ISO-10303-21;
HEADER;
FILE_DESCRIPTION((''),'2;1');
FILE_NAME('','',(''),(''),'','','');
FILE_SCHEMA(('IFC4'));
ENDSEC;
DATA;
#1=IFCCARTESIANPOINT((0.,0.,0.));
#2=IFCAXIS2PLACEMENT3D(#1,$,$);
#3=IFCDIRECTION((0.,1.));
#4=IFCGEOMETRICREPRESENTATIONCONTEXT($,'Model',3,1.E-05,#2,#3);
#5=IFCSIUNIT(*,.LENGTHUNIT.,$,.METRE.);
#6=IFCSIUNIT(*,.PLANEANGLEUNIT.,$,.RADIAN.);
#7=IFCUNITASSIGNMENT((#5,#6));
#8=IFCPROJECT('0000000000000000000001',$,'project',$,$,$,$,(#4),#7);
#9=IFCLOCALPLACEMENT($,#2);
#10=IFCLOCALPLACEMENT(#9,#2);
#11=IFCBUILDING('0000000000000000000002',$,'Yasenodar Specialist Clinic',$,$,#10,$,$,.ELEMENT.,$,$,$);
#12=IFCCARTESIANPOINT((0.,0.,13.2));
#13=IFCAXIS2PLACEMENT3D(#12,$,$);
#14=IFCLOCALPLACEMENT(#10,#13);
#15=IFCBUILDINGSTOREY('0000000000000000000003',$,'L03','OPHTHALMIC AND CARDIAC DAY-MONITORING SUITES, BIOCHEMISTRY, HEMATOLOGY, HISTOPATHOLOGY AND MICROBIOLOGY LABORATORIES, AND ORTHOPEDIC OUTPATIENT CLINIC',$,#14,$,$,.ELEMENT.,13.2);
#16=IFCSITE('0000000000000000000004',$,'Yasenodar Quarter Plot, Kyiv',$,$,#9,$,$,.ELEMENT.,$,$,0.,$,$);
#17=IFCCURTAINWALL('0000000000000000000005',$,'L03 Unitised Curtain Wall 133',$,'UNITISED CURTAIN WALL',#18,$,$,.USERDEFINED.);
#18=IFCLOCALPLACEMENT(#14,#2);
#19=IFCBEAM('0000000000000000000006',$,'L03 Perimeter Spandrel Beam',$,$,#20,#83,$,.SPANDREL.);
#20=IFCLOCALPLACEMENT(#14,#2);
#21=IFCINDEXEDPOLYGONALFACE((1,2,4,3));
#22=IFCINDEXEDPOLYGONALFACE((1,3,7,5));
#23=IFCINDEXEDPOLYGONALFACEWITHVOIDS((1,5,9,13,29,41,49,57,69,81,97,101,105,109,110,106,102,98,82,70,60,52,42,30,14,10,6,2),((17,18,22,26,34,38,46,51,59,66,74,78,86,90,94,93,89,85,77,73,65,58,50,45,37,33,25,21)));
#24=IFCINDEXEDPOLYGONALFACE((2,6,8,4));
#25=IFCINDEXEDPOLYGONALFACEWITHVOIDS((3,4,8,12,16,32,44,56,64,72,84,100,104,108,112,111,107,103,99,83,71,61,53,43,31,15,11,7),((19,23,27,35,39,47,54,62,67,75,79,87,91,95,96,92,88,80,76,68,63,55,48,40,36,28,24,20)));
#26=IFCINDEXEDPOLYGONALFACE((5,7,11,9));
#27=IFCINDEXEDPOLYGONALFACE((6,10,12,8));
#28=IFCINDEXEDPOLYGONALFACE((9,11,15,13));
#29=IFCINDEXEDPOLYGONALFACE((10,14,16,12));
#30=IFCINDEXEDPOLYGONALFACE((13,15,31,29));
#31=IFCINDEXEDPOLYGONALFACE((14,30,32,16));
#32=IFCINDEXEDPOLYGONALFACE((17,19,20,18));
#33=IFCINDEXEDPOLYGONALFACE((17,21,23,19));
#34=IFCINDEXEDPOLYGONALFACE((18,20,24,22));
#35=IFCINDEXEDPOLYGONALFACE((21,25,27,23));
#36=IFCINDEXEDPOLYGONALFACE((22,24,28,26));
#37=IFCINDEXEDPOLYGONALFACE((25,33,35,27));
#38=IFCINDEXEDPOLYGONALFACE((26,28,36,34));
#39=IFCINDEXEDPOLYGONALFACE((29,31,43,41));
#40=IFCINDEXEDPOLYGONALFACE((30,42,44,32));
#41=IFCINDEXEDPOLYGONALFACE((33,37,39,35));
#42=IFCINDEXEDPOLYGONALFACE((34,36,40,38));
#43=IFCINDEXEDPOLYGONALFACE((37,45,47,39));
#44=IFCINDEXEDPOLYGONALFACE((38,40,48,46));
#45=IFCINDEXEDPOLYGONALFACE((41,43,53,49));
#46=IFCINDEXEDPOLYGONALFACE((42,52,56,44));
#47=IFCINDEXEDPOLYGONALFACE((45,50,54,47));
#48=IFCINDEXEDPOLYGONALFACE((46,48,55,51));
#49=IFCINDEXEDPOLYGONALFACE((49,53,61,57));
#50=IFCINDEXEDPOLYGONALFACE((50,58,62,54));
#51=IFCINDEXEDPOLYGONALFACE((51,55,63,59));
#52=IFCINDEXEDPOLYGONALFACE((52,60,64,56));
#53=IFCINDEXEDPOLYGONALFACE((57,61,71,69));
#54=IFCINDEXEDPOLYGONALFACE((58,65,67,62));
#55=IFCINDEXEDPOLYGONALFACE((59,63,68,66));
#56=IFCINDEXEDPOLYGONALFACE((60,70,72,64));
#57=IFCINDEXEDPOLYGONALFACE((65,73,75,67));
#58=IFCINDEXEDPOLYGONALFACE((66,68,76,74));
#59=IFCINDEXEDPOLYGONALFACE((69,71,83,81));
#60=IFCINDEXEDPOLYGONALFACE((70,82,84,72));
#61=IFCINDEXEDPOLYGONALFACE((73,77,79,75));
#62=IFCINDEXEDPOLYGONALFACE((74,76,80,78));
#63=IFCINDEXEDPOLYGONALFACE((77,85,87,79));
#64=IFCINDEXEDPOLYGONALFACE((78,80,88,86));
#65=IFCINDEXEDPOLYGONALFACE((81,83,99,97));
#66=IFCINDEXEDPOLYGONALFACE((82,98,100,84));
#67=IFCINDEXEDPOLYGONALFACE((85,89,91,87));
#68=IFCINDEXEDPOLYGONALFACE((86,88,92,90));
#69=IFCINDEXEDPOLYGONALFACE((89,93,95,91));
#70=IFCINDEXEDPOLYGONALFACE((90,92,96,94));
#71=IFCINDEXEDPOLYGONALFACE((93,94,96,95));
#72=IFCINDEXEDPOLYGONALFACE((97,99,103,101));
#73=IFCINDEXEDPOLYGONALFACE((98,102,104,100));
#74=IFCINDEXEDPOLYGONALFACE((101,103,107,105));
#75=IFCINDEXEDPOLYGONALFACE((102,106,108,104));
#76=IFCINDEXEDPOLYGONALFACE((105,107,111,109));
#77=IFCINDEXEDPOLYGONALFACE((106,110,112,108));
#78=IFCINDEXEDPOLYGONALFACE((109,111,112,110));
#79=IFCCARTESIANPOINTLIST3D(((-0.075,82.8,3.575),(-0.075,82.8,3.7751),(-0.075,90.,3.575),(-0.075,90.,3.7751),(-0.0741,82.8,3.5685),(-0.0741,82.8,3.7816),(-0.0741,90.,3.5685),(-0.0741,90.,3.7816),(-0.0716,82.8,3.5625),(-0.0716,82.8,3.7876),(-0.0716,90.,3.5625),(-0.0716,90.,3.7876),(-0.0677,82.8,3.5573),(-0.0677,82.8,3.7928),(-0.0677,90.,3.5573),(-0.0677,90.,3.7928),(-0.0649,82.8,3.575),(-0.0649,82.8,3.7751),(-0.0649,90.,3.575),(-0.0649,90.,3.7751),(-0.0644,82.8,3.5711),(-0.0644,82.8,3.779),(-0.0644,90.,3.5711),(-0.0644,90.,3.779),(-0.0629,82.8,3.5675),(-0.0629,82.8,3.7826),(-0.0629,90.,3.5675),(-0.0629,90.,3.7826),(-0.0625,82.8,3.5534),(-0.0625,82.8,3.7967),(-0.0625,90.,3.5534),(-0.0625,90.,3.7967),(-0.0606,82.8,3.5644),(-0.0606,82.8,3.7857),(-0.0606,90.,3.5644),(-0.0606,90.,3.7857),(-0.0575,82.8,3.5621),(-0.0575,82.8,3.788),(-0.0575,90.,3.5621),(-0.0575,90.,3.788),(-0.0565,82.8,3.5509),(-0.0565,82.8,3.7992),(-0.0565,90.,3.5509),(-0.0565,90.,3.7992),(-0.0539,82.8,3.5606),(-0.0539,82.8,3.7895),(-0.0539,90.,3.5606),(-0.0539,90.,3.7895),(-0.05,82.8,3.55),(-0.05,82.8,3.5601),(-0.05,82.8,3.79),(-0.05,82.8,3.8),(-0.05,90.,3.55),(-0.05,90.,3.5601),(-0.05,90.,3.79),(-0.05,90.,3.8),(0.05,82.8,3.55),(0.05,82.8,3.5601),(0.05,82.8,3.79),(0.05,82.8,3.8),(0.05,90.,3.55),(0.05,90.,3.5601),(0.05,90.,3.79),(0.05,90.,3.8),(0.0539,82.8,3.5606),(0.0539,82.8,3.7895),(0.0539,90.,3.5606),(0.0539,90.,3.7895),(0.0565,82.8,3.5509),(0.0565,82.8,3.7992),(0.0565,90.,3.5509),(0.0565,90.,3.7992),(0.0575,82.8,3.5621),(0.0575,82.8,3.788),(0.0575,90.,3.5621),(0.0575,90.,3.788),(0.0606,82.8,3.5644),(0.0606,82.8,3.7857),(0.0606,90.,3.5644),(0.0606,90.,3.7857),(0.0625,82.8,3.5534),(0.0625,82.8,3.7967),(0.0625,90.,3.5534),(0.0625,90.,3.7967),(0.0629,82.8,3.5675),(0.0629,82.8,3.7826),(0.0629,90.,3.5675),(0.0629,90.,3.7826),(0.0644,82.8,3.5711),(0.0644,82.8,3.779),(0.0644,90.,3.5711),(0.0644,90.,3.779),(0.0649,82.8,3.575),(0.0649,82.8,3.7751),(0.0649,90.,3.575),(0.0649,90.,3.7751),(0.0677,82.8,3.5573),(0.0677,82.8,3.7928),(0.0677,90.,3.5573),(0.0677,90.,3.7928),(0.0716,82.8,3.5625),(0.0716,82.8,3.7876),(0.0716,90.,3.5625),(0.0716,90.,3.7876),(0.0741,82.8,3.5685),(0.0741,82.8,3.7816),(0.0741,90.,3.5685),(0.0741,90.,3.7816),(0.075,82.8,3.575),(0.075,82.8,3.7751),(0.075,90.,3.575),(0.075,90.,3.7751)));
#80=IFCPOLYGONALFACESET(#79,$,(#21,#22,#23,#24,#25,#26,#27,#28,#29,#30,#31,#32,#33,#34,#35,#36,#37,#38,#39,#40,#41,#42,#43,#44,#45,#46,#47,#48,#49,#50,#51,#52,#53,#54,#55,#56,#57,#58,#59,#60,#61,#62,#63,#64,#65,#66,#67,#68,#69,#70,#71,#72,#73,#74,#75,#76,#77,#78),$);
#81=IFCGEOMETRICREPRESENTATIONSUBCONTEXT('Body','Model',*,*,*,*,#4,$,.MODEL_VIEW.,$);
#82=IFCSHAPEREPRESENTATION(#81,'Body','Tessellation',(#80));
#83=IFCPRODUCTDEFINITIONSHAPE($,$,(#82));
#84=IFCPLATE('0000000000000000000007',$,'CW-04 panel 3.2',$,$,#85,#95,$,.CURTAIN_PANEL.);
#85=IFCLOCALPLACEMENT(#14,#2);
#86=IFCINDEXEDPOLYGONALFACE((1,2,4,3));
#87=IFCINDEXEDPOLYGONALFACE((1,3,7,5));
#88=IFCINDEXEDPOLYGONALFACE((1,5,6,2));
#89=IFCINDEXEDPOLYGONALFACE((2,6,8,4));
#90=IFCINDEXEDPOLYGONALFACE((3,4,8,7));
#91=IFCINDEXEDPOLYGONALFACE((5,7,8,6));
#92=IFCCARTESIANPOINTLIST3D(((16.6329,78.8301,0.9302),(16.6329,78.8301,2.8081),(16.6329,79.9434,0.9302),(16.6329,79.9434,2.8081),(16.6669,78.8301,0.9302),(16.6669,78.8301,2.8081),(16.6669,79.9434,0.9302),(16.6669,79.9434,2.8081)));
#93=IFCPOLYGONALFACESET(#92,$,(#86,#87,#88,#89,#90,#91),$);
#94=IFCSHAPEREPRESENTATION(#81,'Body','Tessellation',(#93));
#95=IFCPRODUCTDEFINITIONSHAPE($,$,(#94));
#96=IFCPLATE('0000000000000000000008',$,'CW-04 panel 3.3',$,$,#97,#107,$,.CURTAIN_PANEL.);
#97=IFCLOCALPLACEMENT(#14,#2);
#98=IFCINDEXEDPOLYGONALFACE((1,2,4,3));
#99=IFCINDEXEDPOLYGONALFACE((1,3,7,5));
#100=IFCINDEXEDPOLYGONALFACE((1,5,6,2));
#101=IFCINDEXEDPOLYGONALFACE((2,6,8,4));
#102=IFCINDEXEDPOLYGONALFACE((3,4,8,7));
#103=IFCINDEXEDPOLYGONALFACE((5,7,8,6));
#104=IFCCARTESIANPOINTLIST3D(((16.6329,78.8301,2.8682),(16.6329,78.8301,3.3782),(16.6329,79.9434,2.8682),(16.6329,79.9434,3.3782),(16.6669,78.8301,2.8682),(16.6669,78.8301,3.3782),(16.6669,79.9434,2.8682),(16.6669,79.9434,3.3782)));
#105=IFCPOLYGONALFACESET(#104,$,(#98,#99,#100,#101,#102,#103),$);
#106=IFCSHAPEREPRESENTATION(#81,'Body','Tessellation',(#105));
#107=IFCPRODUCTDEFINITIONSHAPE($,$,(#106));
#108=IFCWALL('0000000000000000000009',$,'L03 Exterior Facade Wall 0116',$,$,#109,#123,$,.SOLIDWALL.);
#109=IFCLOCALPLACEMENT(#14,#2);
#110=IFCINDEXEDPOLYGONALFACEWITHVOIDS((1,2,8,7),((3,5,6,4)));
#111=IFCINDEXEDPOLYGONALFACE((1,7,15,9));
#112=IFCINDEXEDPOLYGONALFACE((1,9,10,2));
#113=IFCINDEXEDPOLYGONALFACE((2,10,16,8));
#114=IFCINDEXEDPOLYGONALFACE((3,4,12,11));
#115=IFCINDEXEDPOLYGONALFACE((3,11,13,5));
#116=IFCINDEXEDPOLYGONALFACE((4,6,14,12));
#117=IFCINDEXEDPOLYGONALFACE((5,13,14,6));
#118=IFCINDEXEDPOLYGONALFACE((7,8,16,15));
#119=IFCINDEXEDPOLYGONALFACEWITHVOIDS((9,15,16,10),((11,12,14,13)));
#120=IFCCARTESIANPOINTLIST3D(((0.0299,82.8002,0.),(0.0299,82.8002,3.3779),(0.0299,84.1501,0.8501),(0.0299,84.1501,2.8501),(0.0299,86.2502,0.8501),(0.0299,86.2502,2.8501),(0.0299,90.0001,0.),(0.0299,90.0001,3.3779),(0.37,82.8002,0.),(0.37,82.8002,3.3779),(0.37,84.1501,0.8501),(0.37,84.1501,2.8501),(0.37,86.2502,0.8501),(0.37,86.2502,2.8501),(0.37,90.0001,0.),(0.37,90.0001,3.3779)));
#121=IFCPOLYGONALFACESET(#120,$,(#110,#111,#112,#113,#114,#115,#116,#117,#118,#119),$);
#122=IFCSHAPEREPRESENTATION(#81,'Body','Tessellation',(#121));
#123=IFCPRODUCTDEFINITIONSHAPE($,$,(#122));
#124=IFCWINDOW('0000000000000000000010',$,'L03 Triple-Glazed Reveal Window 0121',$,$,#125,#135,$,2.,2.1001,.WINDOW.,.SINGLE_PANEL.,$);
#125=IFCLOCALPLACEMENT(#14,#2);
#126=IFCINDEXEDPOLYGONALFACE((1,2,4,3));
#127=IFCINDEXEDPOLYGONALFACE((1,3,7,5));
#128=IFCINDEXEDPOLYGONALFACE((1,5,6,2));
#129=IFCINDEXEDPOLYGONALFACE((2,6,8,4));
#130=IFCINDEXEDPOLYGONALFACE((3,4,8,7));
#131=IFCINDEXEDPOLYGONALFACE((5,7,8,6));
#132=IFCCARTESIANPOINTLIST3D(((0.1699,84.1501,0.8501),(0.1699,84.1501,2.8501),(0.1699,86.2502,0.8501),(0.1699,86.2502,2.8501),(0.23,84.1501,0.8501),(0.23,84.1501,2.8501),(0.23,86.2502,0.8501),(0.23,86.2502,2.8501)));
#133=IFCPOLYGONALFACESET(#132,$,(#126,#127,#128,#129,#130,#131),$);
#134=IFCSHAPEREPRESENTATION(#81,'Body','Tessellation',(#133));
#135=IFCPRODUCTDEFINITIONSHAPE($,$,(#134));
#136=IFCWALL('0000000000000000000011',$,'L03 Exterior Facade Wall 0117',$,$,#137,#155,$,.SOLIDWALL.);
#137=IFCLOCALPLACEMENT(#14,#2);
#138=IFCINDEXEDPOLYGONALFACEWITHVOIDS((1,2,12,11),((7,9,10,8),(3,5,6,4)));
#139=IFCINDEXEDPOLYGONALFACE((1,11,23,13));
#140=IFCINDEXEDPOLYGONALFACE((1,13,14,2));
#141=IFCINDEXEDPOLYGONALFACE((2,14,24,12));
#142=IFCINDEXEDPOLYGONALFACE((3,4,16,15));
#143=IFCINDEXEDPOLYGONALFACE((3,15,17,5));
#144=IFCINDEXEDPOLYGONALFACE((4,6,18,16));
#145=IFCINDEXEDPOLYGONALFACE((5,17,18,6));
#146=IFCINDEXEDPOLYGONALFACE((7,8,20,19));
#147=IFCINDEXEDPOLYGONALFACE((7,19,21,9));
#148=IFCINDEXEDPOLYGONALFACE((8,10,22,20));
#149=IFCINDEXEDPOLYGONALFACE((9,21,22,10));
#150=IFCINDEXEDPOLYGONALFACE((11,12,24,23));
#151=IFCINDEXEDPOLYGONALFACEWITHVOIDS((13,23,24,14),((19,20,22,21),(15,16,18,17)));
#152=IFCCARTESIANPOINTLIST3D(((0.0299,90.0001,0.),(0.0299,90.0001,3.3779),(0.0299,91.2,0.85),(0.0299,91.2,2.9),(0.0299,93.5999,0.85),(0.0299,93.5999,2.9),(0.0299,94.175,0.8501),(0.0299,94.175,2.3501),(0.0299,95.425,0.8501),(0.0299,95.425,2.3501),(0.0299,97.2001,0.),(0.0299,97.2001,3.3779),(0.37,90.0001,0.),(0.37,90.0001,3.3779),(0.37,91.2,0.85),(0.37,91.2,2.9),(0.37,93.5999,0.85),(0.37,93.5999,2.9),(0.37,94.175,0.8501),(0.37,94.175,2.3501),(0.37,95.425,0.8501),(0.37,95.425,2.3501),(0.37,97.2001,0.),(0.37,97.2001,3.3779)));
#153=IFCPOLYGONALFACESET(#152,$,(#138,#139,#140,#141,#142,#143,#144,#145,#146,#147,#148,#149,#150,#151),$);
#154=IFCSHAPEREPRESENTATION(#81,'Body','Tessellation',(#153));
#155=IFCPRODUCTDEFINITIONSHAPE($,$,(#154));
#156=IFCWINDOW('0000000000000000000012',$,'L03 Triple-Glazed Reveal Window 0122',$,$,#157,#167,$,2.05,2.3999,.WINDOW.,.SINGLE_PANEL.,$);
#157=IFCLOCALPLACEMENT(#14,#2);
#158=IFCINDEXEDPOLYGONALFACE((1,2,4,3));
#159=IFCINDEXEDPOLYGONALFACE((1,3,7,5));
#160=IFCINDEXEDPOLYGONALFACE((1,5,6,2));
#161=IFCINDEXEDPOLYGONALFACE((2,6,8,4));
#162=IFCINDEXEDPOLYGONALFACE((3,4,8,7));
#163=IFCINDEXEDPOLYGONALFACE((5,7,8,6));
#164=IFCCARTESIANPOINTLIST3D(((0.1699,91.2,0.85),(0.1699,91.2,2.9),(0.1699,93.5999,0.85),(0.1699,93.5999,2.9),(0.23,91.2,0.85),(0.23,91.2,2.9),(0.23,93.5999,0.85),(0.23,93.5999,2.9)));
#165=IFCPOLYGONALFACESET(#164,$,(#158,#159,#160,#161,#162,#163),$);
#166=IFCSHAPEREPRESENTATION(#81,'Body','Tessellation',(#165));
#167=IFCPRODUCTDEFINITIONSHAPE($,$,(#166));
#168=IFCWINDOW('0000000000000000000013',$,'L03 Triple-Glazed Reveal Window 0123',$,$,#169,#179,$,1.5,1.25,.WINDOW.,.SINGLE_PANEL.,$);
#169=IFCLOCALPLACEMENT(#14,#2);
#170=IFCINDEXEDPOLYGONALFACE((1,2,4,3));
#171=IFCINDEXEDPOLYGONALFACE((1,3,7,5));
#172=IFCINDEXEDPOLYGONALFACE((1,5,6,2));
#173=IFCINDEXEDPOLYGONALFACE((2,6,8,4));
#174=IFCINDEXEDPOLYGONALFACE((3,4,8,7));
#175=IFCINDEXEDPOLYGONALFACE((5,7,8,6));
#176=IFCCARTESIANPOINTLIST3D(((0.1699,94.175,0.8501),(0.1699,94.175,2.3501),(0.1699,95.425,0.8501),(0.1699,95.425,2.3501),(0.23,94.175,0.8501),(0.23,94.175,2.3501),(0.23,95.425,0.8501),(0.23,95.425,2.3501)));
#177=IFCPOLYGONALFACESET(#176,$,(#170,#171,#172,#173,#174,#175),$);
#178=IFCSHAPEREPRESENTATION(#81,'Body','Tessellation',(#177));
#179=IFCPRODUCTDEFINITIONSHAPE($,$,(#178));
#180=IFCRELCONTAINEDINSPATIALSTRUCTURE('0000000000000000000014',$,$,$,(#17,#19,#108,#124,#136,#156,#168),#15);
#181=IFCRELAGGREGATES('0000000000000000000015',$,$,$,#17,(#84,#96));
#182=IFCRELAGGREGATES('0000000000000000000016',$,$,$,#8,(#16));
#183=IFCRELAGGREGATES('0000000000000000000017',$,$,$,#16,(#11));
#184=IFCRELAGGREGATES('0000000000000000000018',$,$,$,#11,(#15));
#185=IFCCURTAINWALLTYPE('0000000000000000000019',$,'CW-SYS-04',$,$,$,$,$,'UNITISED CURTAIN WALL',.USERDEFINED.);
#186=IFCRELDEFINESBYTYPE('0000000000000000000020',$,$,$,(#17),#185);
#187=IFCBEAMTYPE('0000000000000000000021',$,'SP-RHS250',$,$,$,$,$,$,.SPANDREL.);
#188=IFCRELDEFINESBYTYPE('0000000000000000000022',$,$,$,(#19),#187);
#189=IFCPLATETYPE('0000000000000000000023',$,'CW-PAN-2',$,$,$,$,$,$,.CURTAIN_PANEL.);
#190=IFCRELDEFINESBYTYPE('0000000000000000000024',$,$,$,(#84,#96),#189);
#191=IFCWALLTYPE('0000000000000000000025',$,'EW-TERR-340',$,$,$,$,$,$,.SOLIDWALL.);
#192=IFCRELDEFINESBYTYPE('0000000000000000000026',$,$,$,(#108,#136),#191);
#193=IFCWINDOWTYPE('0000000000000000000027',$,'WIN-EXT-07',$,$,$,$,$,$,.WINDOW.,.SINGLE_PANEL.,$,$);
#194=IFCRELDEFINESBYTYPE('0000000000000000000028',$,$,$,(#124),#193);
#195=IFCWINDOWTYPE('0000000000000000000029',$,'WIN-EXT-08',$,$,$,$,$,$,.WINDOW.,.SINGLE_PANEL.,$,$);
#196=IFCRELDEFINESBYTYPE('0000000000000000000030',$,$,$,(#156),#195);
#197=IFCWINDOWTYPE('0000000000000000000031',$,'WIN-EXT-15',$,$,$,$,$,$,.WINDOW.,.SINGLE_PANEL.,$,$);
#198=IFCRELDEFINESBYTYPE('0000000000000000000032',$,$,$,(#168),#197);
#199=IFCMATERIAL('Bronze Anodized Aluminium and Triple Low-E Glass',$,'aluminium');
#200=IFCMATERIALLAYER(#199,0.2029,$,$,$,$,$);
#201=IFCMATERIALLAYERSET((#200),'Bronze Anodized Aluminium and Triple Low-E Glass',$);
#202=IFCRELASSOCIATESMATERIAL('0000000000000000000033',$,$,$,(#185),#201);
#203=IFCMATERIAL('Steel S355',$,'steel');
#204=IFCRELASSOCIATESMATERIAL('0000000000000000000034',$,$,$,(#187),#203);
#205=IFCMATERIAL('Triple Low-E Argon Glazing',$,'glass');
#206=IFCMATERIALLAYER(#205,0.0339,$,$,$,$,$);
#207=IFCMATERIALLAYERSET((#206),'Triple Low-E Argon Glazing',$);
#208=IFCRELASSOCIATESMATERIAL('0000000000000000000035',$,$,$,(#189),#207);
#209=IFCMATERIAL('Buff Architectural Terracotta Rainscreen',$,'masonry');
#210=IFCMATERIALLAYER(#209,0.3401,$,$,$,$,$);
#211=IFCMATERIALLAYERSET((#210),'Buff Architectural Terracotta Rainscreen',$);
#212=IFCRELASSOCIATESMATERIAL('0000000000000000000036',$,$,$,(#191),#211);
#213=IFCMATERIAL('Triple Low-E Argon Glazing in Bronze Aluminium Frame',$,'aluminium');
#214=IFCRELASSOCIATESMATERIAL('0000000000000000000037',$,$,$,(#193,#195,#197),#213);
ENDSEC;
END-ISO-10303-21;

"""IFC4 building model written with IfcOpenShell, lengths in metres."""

from ifc_helpers import new_model, si_unit, direction, frame, frame_2d, origin, origin_2d, place, context, subcontext, project, spatial, rectangle, hollow_rectangle, extrude, material, layer, layer_set, material_profile, profile_set, type_object, element, fill, aggregate, save


model = new_model("IFC4")

# Units and contexts
model_context = context("Model", 3, precision=1e-05, world=origin(), true_north=direction((0.0, 1.0)))
body_context = subcontext(model_context, "Body", "Model", "MODEL_VIEW")
ifc_project = project(units=[si_unit("LENGTHUNIT", "METRE"), si_unit("PLANEANGLEUNIT", "RADIAN")], contexts=[model_context])

# Site, building, storey
site_placement = place(None, origin())
site = spatial("IfcSite", under=ifc_project, at=site_placement, Name="Yasenodar Quarter Plot, Kyiv", CompositionType="ELEMENT", RefElevation=0.0)
building_placement = place(site_placement, origin())
building = spatial("IfcBuilding", under=site, at=building_placement, Name="Yasenodar Specialist Clinic", CompositionType="ELEMENT")
storey_placement = place(building_placement, frame((0.0, 0.0, 13.2)))
storey = spatial("IfcBuildingStorey", under=building, at=storey_placement, Name="L03", Description="OPHTHALMIC AND CARDIAC DAY-MONITORING SUITES, BIOCHEMISTRY, HEMATOLOGY, HISTOPATHOLOGY AND MICROBIOLOGY LABORATORIES, AND ORTHOPEDIC OUTPATIENT CLINIC", CompositionType="ELEMENT", Elevation=13.2)

# Shared definitions
ifc_material_1 = material(Name="Steel S355", Category="steel")

# Curtain wall
ifc_material_2 = material(Name="Bronze Anodized Aluminium and Triple Low-E Glass", Category="aluminium")
ifc_layer_1 = layer(ifc_material_2, 0.2029)
ifc_layer_set_1 = layer_set([ifc_layer_1], Name="Bronze Anodized Aluminium and Triple Low-E Glass")
curtain_wall_type = type_object("IfcCurtainWallType", Name="CW-SYS-04", ElementType="UNITISED CURTAIN WALL", PredefinedType="USERDEFINED", material=ifc_layer_set_1)
curtain_wall_placement = place(storey_placement, origin())
curtain_wall = element("IfcCurtainWall", 1, at=curtain_wall_placement, inside=storey, type_object=curtain_wall_type, Name="L03 Unitised Curtain Wall 133", ObjectType="UNITISED CURTAIN WALL", PredefinedType="USERDEFINED")

# Beam
ifc_material_profile_1 = material_profile(ifc_material_1, hollow_rectangle(XDim=0.1499, YDim=0.25, WallThickness=0.01, InnerFilletRadius=0.0149, OuterFilletRadius=0.0249, at=origin_2d()), Name="RHS 250x150x10")
ifc_profile_set_1 = profile_set([ifc_material_profile_1], Name="Steel S355")
beam_type_1 = type_object("IfcBeamType", Name="SP-RHS250", PredefinedType="SPANDREL", material=ifc_profile_set_1)
beam_1_placement = place(storey_placement, frame((0.0, 82.8, 3.675), z_axis=(0.0, 1.0, 0.0), x_axis=(-1.0, 0.0, 0.0)))
element("IfcBeam", 2, at=beam_1_placement, inside=storey, type_object=beam_type_1, Name="L03 Perimeter Spandrel Beam", PredefinedType="SPANDREL", context=body_context, shape_type="SweptSolid", body=[
    extrude(hollow_rectangle(XDim=0.1499, YDim=0.25, WallThickness=0.01, InnerFilletRadius=0.0149, OuterFilletRadius=0.0249, at=origin_2d()), origin(), (0.0, 0.0, 1.0), 7.2),
])

# Plates
ifc_material_3 = material(Name="Triple Low-E Argon Glazing", Category="glass")
ifc_layer_2 = layer(ifc_material_3, 0.0339)
ifc_layer_set_2 = layer_set([ifc_layer_2], Name="Triple Low-E Argon Glazing")
plate_type = type_object("IfcPlateType", Name="CW-PAN-2", PredefinedType="CURTAIN_PANEL", material=ifc_layer_set_2)
plate_1_placement = place(storey_placement, frame((16.6499, 79.3867, 0.9302), z_axis=(0.0, 0.0, 1.0), x_axis=(0.0, -1.0, 0.0)))
plate_1 = element("IfcPlate", 3, at=plate_1_placement, type_object=plate_type, Name="CW-04 panel 3.2", PredefinedType="CURTAIN_PANEL", context=body_context, shape_type="SweptSolid", body=[
    extrude(rectangle(XDim=1.1133, YDim=0.0339, at=origin_2d()), origin(), (0.0, 0.0, 1.0), 1.8779),
])
plate_2_placement = place(storey_placement, frame((16.6499, 79.3867, 2.8682), z_axis=(0.0, 0.0, 1.0), x_axis=(0.0, -1.0, 0.0)))
plate_2 = element("IfcPlate", 4, at=plate_2_placement, type_object=plate_type, Name="CW-04 panel 3.3", PredefinedType="CURTAIN_PANEL", context=body_context, shape_type="SweptSolid", body=[
    extrude(rectangle(XDim=1.1133, YDim=0.0339, at=origin_2d()), origin(), (0.0, 0.0, 1.0), 0.51),
])
aggregate(curtain_wall, [plate_1, plate_2])

# Wall, opening, window
ifc_material_4 = material(Name="Buff Architectural Terracotta Rainscreen", Category="masonry")
ifc_layer_3 = layer(ifc_material_4, 0.3401)
ifc_layer_set_3 = layer_set([ifc_layer_3], Name="Buff Architectural Terracotta Rainscreen")
wall_type_1 = type_object("IfcWallType", Name="EW-TERR-340", PredefinedType="SOLIDWALL", material=ifc_layer_set_3)
wall_1_placement = place(storey_placement, frame((0.2, 82.8, 0.0), z_axis=(0.0, 0.0, 1.0), x_axis=(0.0, 1.0, 0.0)))
wall_1 = element("IfcWall", 5, at=wall_1_placement, inside=storey, type_object=wall_type_1, Name="L03 Exterior Facade Wall 0116", PredefinedType="SOLIDWALL", context=body_context, shape_type="SweptSolid", body=[
    extrude(rectangle(XDim=7.2, YDim=0.3401, at=frame_2d((3.6001, 0.0))), origin(), (0.0, 0.0, 1.0), 3.3779),
])
opening_1_placement = place(wall_1_placement, frame((1.3501, 0.0, 0.8501)))
opening_1 = element("IfcOpeningElement", 6, at=opening_1_placement, cuts=wall_1, PredefinedType="OPENING", context=body_context, shape_type="SweptSolid", body=[
    extrude(rectangle(XDim=2.1001, YDim=2.0, at=frame_2d((1.05, 1.0))), frame((0.0, 0.1802, 0.0), z_axis=(0.0, -1.0, 0.0), x_axis=(1.0, 0.0, 0.0)), (0.0, 0.0, 1.0), 0.3601),
])
ifc_material_5 = material(Name="Triple Low-E Argon Glazing in Bronze Aluminium Frame", Category="aluminium")
window_type_1 = type_object("IfcWindowType", Name="WIN-EXT-07", PartitioningType="SINGLE_PANEL", PredefinedType="WINDOW", material=ifc_material_5)
window_1_placement = place(opening_1_placement, origin())
window_1 = element("IfcWindow", 7, at=window_1_placement, inside=storey, type_object=window_type_1, Name="L03 Triple-Glazed Reveal Window 0121", OverallHeight=2.0, OverallWidth=2.1001, PartitioningType="SINGLE_PANEL", PredefinedType="WINDOW", context=body_context, shape_type="SweptSolid", body=[
    extrude(rectangle(XDim=2.1001, YDim=2.0, at=frame_2d((1.05, 1.0))), frame((0.0, 0.03, 0.0), z_axis=(0.0, -1.0, 0.0), x_axis=(1.0, 0.0, 0.0)), (0.0, 0.0, 1.0), 0.0601),
])
fill(opening_1, window_1)

# Wall, openings, windows
wall_2_placement = place(storey_placement, frame((0.2, 90.0, 0.0), z_axis=(0.0, 0.0, 1.0), x_axis=(0.0, 1.0, 0.0)))
wall_2 = element("IfcWall", 8, at=wall_2_placement, inside=storey, type_object=wall_type_1, Name="L03 Exterior Facade Wall 0117", PredefinedType="SOLIDWALL", context=body_context, shape_type="SweptSolid", body=[
    extrude(rectangle(XDim=7.2, YDim=0.3401, at=frame_2d((3.6001, 0.0))), origin(), (0.0, 0.0, 1.0), 3.3779),
])
opening_2_placement = place(wall_2_placement, frame((1.2, 0.0, 0.8501)))
opening_2 = element("IfcOpeningElement", 9, at=opening_2_placement, cuts=wall_2, PredefinedType="OPENING", context=body_context, shape_type="SweptSolid", body=[
    extrude(rectangle(XDim=2.3999, YDim=2.05, at=frame_2d((1.2, 1.0249))), frame((0.0, 0.1802, 0.0), z_axis=(0.0, -1.0, 0.0), x_axis=(1.0, 0.0, 0.0)), (0.0, 0.0, 1.0), 0.3601),
])
opening_3_placement = place(wall_2_placement, frame((4.175, 0.0, 0.8501)))
opening_3 = element("IfcOpeningElement", 10, at=opening_3_placement, cuts=wall_2, PredefinedType="OPENING", context=body_context, shape_type="SweptSolid", body=[
    extrude(rectangle(XDim=1.25, YDim=1.5, at=frame_2d((0.625, 0.75))), frame((0.0, 0.1802, 0.0), z_axis=(0.0, -1.0, 0.0), x_axis=(1.0, 0.0, 0.0)), (0.0, 0.0, 1.0), 0.3601),
])
window_type_2 = type_object("IfcWindowType", Name="WIN-EXT-08", PartitioningType="SINGLE_PANEL", PredefinedType="WINDOW", material=ifc_material_5)
window_2_placement = place(opening_2_placement, origin())
window_2 = element("IfcWindow", 11, at=window_2_placement, inside=storey, type_object=window_type_2, Name="L03 Triple-Glazed Reveal Window 0122", OverallHeight=2.05, OverallWidth=2.3999, PartitioningType="SINGLE_PANEL", PredefinedType="WINDOW", context=body_context, shape_type="SweptSolid", body=[
    extrude(rectangle(XDim=2.3999, YDim=2.05, at=frame_2d((1.2, 1.0249))), frame((0.0, 0.03, 0.0), z_axis=(0.0, -1.0, 0.0), x_axis=(1.0, 0.0, 0.0)), (0.0, 0.0, 1.0), 0.0601),
])
fill(opening_2, window_2)
window_type_3 = type_object("IfcWindowType", Name="WIN-EXT-15", PartitioningType="SINGLE_PANEL", PredefinedType="WINDOW", material=ifc_material_5)
window_3_placement = place(opening_3_placement, origin())
window_3 = element("IfcWindow", 12, at=window_3_placement, inside=storey, type_object=window_type_3, Name="L03 Triple-Glazed Reveal Window 0123", OverallHeight=1.5, OverallWidth=1.25, PartitioningType="SINGLE_PANEL", PredefinedType="WINDOW", context=body_context, shape_type="SweptSolid", body=[
    extrude(rectangle(XDim=1.25, YDim=1.5, at=frame_2d((0.625, 0.75))), frame((0.0, 0.03, 0.0), z_axis=(0.0, -1.0, 0.0), x_axis=(1.0, 0.0, 0.0)), (0.0, 0.0, 1.0), 0.0601),
])
fill(opening_3, window_3)

save(model, "model.ifc")
